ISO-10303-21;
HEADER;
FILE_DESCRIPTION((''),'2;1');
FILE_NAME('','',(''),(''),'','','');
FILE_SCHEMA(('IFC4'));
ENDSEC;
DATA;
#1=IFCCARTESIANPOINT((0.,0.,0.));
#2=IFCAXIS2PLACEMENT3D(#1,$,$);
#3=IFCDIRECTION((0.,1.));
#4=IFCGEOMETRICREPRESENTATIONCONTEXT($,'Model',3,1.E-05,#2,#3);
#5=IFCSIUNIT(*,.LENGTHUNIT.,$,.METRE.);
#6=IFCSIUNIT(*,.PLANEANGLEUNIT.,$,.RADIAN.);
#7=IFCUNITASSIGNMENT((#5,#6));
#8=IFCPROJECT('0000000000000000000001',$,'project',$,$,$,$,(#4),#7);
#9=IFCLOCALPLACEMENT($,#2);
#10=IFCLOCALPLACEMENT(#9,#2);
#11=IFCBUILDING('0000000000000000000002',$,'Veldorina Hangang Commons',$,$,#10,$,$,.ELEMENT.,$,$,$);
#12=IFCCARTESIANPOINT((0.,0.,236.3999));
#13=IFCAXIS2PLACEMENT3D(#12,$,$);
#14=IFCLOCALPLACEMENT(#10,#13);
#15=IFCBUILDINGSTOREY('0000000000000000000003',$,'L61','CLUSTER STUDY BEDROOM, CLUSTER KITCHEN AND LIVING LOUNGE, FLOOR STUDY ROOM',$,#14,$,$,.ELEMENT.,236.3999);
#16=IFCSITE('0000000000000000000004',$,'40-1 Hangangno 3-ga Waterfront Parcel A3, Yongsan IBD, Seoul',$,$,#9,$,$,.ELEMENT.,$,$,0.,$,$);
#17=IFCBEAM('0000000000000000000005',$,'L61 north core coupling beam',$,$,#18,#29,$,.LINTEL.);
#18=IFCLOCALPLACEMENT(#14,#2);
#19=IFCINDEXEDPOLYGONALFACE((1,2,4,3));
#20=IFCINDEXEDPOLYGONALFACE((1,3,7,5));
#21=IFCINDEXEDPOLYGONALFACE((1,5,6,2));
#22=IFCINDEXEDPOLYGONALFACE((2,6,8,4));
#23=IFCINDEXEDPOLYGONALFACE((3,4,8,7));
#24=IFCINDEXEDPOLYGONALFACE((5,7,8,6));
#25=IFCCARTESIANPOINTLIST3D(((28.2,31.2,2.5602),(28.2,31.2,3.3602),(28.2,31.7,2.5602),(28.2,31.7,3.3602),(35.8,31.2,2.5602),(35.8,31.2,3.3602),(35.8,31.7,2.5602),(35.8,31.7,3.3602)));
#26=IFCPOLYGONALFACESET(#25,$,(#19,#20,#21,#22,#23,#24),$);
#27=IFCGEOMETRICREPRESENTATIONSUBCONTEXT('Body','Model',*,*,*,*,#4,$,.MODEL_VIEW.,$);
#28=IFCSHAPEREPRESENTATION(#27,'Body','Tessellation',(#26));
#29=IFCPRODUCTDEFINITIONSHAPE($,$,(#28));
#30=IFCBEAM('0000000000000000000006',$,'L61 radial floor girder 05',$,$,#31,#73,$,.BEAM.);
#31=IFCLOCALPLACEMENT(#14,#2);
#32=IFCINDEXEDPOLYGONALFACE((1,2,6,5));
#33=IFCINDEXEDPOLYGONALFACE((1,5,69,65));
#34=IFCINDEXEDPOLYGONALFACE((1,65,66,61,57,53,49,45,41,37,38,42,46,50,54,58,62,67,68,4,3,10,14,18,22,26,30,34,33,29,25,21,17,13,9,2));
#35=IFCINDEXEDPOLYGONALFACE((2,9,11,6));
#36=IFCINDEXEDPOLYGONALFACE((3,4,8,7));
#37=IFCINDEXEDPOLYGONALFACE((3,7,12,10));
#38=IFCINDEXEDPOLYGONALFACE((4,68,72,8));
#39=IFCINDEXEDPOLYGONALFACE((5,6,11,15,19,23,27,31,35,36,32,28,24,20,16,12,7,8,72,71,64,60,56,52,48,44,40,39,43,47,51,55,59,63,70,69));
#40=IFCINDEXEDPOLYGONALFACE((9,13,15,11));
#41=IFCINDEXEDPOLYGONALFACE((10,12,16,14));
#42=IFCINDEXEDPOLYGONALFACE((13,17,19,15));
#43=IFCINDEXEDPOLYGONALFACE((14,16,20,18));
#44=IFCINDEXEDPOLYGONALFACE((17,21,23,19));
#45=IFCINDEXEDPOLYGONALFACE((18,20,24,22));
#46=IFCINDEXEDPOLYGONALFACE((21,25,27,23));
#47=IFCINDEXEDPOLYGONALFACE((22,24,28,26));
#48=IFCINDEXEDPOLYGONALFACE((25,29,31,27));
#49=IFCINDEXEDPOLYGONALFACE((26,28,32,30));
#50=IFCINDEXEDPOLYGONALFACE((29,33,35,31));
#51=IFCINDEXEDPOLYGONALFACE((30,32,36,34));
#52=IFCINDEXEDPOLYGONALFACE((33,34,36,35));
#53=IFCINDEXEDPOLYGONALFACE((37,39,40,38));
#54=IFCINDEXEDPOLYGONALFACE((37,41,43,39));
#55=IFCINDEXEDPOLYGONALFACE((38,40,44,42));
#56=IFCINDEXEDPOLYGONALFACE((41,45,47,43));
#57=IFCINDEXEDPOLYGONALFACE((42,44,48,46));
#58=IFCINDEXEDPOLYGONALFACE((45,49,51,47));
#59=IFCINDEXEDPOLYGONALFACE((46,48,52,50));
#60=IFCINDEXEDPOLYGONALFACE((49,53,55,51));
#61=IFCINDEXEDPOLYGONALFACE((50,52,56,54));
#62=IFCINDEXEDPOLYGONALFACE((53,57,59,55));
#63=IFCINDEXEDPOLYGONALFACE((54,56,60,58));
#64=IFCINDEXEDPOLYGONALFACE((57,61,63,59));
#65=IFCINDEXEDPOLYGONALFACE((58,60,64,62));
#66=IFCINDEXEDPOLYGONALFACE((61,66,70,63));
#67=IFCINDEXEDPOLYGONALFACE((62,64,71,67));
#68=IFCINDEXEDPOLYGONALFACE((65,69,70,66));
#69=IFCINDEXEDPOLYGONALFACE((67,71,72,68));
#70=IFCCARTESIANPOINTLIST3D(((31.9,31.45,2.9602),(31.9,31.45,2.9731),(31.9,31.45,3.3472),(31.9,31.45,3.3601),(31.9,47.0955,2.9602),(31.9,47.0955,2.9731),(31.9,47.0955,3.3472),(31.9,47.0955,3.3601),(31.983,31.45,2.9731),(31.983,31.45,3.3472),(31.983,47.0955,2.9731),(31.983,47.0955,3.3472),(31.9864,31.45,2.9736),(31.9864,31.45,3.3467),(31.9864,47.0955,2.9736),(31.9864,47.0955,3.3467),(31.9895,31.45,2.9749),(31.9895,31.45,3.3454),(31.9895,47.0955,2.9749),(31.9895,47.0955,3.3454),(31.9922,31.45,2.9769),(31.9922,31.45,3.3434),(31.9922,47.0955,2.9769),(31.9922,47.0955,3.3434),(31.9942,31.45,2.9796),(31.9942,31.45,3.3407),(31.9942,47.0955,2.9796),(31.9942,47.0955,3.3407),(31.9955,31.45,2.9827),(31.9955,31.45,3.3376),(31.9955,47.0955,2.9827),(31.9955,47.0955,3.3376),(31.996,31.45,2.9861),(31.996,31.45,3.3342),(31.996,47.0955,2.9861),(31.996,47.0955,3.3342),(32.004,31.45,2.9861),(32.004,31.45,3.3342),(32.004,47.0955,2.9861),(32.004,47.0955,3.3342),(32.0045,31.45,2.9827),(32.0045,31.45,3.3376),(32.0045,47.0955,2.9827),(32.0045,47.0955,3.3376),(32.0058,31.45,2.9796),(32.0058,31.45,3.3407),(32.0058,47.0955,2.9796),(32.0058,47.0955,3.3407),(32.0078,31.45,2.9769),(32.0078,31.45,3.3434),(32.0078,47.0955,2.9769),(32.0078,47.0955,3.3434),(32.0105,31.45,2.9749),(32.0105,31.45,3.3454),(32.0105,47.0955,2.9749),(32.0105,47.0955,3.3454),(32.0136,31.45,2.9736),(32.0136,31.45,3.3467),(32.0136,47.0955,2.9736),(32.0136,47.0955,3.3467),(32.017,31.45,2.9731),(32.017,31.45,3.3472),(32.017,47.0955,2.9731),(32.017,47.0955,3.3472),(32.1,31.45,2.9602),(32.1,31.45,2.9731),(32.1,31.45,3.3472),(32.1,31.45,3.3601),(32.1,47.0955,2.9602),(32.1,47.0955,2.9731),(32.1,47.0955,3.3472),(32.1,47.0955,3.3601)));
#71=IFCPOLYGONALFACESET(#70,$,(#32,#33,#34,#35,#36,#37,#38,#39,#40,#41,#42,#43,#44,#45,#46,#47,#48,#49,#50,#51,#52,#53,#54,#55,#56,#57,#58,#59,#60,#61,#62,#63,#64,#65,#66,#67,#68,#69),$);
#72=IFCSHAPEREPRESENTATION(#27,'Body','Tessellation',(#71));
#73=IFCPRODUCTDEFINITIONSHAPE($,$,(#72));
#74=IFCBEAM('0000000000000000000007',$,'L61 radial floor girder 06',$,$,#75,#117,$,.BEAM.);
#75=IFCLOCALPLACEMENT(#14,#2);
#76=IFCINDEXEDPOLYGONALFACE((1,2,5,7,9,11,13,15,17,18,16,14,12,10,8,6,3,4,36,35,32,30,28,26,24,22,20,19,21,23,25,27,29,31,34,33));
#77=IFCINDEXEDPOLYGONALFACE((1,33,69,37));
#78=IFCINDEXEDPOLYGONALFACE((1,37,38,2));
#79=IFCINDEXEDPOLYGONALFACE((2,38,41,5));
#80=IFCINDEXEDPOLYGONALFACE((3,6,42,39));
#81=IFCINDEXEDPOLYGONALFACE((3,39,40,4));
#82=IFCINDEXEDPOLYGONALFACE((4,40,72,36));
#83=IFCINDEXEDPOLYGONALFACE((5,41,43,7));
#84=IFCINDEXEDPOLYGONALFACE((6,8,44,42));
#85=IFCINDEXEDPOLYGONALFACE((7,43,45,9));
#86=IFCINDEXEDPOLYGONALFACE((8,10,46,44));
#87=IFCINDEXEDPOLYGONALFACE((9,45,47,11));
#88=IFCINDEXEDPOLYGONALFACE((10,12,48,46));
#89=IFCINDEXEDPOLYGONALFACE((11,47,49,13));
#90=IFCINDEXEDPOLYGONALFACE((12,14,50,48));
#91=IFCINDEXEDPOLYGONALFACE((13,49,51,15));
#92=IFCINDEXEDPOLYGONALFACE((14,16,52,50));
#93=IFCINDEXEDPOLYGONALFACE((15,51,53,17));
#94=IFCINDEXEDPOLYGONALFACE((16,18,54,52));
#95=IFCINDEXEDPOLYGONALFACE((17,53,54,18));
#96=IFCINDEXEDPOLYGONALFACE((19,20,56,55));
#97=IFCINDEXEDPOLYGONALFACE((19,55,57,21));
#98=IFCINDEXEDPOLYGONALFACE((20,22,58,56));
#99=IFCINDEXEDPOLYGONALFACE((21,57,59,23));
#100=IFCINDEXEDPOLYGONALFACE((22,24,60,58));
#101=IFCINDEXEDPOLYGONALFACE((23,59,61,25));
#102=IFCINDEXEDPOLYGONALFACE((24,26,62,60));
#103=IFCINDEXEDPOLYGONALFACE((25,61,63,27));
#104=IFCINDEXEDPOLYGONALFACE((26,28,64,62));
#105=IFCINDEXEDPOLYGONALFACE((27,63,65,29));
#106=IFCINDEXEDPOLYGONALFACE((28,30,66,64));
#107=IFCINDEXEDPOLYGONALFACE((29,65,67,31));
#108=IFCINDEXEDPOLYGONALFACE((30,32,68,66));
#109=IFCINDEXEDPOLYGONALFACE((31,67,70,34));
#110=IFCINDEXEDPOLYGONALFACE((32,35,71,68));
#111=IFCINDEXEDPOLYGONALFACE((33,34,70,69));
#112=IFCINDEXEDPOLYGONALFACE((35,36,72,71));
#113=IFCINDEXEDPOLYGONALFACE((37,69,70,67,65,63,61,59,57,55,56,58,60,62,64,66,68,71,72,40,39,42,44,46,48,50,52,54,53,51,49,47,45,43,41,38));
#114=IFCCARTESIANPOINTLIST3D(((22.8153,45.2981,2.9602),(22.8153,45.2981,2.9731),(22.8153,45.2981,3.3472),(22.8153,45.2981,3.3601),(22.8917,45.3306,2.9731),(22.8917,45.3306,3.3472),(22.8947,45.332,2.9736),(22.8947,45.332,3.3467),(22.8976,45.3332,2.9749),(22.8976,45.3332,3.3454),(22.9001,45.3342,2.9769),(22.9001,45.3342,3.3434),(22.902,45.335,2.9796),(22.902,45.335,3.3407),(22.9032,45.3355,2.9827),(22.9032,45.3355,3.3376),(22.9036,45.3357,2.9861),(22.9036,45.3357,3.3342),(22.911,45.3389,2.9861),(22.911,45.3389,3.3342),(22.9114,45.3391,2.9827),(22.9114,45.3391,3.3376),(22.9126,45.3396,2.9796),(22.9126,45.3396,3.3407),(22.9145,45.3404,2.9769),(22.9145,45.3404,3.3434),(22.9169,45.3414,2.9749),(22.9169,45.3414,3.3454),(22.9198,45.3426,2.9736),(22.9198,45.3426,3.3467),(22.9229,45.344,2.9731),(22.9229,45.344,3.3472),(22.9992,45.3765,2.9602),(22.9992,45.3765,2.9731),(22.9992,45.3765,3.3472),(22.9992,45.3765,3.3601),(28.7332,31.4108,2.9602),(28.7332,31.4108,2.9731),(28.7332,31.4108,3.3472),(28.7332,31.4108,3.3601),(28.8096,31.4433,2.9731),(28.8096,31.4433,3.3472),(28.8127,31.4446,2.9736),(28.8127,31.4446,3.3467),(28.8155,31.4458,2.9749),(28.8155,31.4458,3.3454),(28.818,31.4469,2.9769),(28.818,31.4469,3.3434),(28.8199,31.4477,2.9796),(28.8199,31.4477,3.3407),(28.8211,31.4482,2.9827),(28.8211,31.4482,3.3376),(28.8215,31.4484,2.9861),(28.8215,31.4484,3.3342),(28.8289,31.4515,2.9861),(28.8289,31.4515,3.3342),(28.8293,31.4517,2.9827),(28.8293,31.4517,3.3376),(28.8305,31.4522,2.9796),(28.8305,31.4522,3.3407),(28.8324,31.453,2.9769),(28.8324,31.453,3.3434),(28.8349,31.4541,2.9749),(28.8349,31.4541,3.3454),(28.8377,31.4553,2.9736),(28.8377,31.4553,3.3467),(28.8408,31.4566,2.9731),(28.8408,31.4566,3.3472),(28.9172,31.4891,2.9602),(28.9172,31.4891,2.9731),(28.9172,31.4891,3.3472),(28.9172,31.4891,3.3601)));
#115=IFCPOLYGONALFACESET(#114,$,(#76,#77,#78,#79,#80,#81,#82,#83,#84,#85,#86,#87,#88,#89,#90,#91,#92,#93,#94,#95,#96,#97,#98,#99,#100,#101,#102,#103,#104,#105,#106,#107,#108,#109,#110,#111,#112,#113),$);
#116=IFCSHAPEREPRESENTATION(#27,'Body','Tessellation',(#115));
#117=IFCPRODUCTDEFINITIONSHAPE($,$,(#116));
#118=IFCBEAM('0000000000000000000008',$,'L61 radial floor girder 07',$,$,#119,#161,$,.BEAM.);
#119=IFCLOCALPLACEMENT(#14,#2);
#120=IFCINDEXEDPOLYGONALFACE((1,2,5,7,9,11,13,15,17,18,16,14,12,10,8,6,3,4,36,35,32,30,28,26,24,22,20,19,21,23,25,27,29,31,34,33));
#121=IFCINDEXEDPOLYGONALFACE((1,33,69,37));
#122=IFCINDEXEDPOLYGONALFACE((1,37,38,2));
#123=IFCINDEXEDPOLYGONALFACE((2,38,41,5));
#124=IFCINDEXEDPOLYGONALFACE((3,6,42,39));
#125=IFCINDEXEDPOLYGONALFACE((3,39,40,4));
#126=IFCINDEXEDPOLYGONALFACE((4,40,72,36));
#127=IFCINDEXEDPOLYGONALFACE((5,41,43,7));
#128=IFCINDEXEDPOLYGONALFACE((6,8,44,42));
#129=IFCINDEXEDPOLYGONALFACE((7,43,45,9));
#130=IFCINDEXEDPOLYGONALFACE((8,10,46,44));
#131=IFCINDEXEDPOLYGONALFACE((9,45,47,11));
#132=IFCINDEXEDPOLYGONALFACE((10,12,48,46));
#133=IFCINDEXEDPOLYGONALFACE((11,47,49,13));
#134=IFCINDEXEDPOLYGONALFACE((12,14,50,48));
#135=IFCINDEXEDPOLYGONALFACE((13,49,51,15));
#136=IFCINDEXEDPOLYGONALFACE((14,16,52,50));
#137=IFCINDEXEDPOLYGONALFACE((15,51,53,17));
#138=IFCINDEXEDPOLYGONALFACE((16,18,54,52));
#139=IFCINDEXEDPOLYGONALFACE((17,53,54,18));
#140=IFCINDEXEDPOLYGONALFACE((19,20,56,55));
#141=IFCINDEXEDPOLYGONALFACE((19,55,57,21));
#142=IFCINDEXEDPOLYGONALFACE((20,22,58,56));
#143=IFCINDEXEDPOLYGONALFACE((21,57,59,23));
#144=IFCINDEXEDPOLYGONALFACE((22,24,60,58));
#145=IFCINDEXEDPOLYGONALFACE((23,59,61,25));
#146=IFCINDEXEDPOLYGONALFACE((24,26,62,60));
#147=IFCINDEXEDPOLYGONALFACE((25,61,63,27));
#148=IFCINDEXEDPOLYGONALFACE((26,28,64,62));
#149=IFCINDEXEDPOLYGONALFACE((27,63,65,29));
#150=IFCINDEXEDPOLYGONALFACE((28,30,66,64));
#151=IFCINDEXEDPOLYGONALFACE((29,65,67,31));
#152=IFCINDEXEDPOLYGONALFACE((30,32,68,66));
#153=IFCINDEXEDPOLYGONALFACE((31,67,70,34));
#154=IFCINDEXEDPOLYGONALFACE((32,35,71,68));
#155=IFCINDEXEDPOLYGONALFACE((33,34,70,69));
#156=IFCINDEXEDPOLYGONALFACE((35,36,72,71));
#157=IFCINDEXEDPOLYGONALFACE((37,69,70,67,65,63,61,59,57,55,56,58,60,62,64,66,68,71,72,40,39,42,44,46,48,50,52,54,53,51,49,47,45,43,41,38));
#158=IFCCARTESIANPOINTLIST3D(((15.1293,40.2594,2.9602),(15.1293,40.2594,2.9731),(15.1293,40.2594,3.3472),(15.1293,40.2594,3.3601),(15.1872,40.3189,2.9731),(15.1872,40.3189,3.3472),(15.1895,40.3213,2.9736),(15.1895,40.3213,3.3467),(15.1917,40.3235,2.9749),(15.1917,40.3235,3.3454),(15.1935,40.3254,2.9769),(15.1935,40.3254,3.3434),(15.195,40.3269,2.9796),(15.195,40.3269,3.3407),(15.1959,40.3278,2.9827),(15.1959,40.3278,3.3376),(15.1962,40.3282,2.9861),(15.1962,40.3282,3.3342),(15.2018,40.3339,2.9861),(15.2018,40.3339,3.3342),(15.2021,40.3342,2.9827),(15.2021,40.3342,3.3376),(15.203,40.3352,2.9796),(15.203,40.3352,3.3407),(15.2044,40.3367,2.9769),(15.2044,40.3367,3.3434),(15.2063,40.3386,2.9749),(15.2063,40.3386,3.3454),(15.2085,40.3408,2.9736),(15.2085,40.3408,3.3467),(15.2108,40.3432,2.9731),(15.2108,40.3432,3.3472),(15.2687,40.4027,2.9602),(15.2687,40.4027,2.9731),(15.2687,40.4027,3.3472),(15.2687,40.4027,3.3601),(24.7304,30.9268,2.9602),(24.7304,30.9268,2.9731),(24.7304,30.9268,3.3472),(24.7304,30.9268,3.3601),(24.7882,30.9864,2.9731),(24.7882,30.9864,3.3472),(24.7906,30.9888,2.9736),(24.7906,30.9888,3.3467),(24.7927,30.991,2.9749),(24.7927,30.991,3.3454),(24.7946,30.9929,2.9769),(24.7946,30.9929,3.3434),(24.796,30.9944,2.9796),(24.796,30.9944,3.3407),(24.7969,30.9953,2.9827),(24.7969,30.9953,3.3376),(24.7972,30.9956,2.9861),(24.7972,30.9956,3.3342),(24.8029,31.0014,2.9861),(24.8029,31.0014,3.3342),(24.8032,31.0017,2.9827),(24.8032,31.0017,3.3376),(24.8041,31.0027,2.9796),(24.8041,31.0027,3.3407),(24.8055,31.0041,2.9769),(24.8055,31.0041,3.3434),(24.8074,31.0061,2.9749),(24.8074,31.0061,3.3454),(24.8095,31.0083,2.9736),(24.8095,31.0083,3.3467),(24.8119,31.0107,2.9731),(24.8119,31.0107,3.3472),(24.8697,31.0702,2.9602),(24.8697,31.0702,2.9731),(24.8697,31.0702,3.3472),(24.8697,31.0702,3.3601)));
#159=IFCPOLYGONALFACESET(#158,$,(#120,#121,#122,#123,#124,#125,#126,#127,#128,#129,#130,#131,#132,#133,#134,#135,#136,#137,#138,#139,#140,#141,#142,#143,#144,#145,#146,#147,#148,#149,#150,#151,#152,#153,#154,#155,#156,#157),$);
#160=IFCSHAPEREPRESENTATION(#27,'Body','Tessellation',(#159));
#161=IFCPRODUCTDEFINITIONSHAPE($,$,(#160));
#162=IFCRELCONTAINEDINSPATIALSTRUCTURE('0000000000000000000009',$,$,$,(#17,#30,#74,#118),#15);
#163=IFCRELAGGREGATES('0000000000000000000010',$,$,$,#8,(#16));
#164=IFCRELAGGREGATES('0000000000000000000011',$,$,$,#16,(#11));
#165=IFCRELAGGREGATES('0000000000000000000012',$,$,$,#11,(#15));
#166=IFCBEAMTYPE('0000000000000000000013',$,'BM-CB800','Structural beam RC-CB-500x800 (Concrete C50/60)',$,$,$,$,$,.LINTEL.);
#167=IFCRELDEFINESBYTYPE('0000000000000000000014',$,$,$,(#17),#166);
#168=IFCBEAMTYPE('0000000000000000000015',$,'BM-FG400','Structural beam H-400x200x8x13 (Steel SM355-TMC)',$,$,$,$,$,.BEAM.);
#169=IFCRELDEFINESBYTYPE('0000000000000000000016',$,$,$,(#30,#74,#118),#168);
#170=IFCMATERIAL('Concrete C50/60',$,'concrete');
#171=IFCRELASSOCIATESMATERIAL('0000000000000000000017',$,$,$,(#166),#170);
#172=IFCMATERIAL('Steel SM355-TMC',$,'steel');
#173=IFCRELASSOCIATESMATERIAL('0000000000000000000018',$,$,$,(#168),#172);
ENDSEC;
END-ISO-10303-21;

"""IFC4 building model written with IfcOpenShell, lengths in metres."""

from ifc_helpers import new_model, si_unit, direction, frame, origin, origin_2d, place, context, subcontext, project, spatial, rectangle, i_section, extrude, material, material_profile, profile_set, type_object, element, save


model = new_model("IFC4")

# Units and contexts
model_context = context("Model", 3, precision=1e-05, world=origin(), true_north=direction((0.0, 1.0)))
body_context = subcontext(model_context, "Body", "Model", "MODEL_VIEW")
ifc_project = project(units=[si_unit("LENGTHUNIT", "METRE"), si_unit("PLANEANGLEUNIT", "RADIAN")], contexts=[model_context])

# Site, building, storey
site_placement = place(None, origin())
site = spatial("IfcSite", under=ifc_project, at=site_placement, Name="40-1 Hangangno 3-ga Waterfront Parcel A3, Yongsan IBD, Seoul", CompositionType="ELEMENT", RefElevation=0.0)
building_placement = place(site_placement, origin())
building = spatial("IfcBuilding", under=site, at=building_placement, Name="Veldorina Hangang Commons", CompositionType="ELEMENT")
storey_placement = place(building_placement, frame((0.0, 0.0, 236.3999)))
storey = spatial("IfcBuildingStorey", under=building, at=storey_placement, Name="L61", Description="CLUSTER STUDY BEDROOM, CLUSTER KITCHEN AND LIVING LOUNGE, FLOOR STUDY ROOM", CompositionType="ELEMENT", Elevation=236.3999)

# Beams
ifc_material_1 = material(Name="Concrete C50/60", Category="concrete")
ifc_material_profile_1 = material_profile(ifc_material_1, rectangle(XDim=0.5, YDim=0.8, at=origin_2d()), Name="RC-CB-500x800")
ifc_profile_set_1 = profile_set([ifc_material_profile_1], Name="Concrete C50/60")
beam_type_1 = type_object("IfcBeamType", Name="BM-CB800", Description="Structural beam RC-CB-500x800 (Concrete C50/60)", PredefinedType="LINTEL", material=ifc_profile_set_1)
beam_1_placement = place(storey_placement, frame((28.2, 31.45, 2.9602), z_axis=(1.0, 0.0, 0.0), x_axis=(0.0, 1.0, 0.0)))
element("IfcBeam", 1, at=beam_1_placement, inside=storey, type_object=beam_type_1, Name="L61 north core coupling beam", PredefinedType="LINTEL", context=body_context, shape_type="SweptSolid", body=[
    extrude(rectangle(XDim=0.5, YDim=0.8, at=origin_2d()), origin(), (0.0, 0.0, 1.0), 7.6001),
])
ifc_material_2 = material(Name="Steel SM355-TMC", Category="steel")
ifc_material_profile_2 = material_profile(ifc_material_2, i_section(OverallWidth=0.2, OverallDepth=0.3999, WebThickness=0.0081, FlangeThickness=0.0129, FilletRadius=0.0129, at=origin_2d()), Name="H-400x200x8x13")
ifc_profile_set_2 = profile_set([ifc_material_profile_2], Name="Steel SM355-TMC")
beam_type_2 = type_object("IfcBeamType", Name="BM-FG400", Description="Structural beam H-400x200x8x13 (Steel SM355-TMC)", PredefinedType="BEAM", material=ifc_profile_set_2)
beam_2_placement = place(storey_placement, frame((32.0, 31.45, 3.1602), z_axis=(0.0, 1.0, 0.0), x_axis=(-1.0, 0.0, 0.0)))
element("IfcBeam", 2, at=beam_2_placement, inside=storey, type_object=beam_type_2, Name="L61 radial floor girder 05", PredefinedType="BEAM", context=body_context, shape_type="SweptSolid", body=[
    extrude(i_section(OverallWidth=0.2, OverallDepth=0.3999, WebThickness=0.0081, FlangeThickness=0.0129, FilletRadius=0.0129, at=origin_2d()), origin(), (0.0, 0.0, 1.0), 15.6455),
])
beam_3_placement = place(storey_placement, frame((28.8252, 31.45, 3.1602), z_axis=(-0.392027, 0.919954, 0.0), x_axis=(-0.919954, -0.392027, 0.0)))
element("IfcBeam", 3, at=beam_3_placement, inside=storey, type_object=beam_type_2, Name="L61 radial floor girder 06", PredefinedType="BEAM", context=body_context, shape_type="SweptSolid", body=[
    extrude(i_section(OverallWidth=0.2, OverallDepth=0.3999, WebThickness=0.0081, FlangeThickness=0.0129, FilletRadius=0.0129, at=origin_2d()), origin(), (0.0, 0.0, 1.0), 15.0957),
])
beam_4_placement = place(storey_placement, frame((24.8, 30.9985, 3.1602), z_axis=(-0.717064, 0.697007, 0.0), x_axis=(-0.697007, -0.717064, 0.0)))
element("IfcBeam", 4, at=beam_4_placement, inside=storey, type_object=beam_type_2, Name="L61 radial floor girder 07", PredefinedType="BEAM", context=body_context, shape_type="SweptSolid", body=[
    extrude(i_section(OverallWidth=0.2, OverallDepth=0.3999, WebThickness=0.0081, FlangeThickness=0.0129, FilletRadius=0.0129, at=origin_2d()), origin(), (0.0, 0.0, 1.0), 13.3894),
])

save(model, "model.ifc")
